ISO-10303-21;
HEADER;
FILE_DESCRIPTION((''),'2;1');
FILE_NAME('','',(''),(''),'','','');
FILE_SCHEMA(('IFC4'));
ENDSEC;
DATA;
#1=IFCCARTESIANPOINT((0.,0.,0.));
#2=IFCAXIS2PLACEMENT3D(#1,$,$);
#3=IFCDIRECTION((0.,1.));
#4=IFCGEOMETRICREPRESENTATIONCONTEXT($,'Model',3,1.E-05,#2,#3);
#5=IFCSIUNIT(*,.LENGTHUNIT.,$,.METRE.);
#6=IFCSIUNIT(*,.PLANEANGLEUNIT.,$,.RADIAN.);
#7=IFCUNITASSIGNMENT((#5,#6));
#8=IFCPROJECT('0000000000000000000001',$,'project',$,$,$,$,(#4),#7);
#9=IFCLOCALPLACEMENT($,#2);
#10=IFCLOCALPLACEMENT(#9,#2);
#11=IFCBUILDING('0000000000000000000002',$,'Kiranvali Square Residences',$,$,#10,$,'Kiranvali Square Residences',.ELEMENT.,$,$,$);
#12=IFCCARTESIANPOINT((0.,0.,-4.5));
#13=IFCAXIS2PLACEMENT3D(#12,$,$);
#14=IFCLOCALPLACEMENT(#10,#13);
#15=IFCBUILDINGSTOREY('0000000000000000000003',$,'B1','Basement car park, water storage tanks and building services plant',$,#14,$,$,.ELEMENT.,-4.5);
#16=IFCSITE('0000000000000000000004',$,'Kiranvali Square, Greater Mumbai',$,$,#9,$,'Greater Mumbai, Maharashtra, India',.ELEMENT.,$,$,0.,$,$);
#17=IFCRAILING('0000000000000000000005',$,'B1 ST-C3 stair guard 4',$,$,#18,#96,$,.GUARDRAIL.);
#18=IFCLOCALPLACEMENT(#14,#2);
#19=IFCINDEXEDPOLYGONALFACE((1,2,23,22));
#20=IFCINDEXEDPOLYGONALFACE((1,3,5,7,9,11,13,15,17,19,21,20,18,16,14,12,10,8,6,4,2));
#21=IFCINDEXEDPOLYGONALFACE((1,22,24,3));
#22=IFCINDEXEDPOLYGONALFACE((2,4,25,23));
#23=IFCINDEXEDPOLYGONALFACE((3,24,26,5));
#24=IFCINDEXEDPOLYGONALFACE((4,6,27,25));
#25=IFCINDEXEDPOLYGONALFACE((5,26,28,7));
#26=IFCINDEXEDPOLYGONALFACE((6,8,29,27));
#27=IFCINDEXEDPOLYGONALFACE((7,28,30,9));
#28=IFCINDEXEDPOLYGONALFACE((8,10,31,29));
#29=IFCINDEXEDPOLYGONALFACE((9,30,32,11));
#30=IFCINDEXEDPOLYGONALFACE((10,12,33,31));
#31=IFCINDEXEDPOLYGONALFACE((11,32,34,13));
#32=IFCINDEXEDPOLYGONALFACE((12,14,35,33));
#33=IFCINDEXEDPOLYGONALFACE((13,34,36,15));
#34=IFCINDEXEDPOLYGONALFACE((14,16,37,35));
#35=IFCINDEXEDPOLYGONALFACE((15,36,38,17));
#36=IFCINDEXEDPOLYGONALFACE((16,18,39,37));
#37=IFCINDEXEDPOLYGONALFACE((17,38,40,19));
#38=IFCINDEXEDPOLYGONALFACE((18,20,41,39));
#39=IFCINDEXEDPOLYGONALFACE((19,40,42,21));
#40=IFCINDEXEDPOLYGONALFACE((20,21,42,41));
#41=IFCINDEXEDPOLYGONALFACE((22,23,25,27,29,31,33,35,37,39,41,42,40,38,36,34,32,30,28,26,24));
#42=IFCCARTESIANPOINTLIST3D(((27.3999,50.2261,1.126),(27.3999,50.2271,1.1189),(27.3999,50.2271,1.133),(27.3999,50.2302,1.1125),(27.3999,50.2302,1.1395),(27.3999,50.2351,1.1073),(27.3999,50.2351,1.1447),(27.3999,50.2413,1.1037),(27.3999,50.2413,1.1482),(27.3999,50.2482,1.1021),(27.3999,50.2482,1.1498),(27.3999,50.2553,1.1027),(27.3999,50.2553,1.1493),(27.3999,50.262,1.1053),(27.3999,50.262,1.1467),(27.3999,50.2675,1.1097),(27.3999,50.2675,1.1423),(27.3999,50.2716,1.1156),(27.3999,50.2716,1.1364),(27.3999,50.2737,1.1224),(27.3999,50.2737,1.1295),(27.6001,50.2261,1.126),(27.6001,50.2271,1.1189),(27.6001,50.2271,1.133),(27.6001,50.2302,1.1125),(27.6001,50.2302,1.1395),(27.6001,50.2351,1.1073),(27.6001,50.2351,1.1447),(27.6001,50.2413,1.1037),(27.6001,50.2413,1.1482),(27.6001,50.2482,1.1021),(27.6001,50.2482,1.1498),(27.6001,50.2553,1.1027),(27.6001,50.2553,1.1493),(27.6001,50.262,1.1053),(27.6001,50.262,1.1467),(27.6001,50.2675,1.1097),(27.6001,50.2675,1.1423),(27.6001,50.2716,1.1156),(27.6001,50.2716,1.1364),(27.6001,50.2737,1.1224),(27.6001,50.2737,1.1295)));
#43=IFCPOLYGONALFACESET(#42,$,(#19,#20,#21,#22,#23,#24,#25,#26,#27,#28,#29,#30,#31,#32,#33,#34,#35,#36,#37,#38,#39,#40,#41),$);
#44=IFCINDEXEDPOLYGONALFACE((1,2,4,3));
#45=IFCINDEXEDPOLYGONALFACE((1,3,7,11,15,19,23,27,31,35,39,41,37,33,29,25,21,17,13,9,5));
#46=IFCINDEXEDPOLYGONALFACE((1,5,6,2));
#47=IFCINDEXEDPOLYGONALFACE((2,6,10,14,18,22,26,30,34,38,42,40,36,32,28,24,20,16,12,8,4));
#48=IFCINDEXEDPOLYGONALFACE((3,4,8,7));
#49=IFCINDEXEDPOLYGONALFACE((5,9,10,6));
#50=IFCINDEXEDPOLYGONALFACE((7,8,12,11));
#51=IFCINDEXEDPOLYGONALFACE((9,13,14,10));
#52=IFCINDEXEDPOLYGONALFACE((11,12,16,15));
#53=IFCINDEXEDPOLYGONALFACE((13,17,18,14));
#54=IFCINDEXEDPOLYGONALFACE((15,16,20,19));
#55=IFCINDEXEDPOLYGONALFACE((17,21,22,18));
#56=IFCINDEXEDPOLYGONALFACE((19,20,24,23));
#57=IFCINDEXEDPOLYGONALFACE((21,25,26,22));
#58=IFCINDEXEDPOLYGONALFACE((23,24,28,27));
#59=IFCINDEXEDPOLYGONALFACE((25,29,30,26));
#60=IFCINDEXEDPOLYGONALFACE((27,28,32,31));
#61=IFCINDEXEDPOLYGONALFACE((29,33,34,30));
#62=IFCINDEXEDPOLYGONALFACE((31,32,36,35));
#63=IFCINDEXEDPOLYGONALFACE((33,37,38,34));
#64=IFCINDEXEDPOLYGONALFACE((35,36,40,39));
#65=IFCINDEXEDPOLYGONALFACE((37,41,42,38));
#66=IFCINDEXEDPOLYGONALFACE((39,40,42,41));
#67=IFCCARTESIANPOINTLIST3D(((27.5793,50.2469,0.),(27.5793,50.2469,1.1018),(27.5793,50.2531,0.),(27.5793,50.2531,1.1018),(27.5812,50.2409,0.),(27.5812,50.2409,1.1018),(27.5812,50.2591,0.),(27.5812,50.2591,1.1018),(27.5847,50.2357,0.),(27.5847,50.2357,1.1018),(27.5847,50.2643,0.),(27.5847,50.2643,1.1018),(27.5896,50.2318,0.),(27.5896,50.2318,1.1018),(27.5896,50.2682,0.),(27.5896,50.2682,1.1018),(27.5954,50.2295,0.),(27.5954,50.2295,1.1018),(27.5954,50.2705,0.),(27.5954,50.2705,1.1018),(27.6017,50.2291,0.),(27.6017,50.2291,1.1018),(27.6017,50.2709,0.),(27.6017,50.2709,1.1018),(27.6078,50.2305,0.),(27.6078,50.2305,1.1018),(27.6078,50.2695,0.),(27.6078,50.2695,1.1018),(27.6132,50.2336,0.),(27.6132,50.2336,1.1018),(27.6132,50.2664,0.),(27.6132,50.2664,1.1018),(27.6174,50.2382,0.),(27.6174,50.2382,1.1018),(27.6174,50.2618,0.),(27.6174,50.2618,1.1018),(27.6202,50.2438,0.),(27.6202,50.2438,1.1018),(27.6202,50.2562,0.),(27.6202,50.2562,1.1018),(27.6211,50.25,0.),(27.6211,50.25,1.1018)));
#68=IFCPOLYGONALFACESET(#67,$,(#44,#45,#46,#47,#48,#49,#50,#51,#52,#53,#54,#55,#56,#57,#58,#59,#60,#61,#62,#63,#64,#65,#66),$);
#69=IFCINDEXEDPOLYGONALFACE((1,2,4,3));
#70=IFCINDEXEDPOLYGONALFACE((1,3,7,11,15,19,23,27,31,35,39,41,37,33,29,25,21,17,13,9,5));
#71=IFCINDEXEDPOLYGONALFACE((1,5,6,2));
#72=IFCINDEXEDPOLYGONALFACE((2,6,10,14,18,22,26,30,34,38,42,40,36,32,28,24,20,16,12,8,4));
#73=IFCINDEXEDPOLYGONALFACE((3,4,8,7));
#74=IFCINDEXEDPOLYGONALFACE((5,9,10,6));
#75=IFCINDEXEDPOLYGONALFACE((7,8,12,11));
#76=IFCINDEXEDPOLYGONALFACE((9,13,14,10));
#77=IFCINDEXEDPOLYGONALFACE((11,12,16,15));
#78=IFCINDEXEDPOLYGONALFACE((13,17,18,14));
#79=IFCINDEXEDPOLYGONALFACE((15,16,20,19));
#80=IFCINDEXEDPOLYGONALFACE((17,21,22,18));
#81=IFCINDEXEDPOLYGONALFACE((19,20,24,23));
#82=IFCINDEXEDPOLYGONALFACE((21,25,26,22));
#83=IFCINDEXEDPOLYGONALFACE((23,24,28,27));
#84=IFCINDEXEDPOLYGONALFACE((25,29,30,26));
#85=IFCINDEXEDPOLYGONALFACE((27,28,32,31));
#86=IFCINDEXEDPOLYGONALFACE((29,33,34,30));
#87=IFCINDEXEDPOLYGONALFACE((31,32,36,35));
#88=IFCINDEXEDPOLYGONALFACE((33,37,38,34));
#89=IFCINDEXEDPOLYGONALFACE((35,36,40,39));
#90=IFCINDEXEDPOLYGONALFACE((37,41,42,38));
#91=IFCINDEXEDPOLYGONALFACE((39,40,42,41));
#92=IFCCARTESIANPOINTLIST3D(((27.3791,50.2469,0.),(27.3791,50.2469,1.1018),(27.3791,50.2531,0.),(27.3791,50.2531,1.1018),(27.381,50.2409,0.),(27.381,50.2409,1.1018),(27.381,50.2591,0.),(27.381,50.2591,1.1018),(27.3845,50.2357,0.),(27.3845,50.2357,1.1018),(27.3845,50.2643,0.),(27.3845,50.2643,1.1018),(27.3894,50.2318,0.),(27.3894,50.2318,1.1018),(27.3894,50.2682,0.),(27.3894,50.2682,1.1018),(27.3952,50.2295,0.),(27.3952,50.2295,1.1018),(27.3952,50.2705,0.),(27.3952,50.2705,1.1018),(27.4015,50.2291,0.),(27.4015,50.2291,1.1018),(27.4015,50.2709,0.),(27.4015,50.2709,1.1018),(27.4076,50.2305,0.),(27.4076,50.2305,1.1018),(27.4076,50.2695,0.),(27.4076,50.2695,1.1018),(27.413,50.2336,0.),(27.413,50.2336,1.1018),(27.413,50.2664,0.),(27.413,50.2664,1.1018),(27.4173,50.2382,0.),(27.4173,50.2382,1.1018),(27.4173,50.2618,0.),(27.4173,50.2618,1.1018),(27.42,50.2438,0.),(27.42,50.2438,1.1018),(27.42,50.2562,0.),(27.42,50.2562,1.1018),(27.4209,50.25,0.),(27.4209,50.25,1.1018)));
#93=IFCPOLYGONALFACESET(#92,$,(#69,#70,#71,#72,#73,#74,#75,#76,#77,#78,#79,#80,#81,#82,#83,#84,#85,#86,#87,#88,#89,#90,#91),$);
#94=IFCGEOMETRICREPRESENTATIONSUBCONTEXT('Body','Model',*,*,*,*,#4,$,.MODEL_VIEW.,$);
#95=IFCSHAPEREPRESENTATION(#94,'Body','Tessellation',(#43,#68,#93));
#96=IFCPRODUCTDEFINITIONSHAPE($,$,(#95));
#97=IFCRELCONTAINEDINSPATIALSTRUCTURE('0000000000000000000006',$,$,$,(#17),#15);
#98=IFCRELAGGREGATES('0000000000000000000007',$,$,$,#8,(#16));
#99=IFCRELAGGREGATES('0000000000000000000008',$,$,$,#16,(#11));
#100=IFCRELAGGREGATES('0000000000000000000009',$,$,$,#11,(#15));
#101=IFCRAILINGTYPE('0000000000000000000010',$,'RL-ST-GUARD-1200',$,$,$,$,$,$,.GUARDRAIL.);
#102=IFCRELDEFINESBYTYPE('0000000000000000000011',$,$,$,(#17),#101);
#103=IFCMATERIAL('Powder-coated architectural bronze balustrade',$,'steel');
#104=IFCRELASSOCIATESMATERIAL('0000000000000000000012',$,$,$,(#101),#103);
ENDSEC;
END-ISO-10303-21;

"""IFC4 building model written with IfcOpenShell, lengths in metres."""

from ifc_helpers import new_model, si_unit, direction, frame, origin, origin_2d, place, context, subcontext, project, spatial, circle, extrude, material, type_object, element, save


model = new_model("IFC4")

# Units and contexts
model_context = context("Model", 3, precision=1e-05, world=origin(), true_north=direction((0.0, 1.0)))
body_context = subcontext(model_context, "Body", "Model", "MODEL_VIEW")
ifc_project = project(units=[si_unit("LENGTHUNIT", "METRE"), si_unit("PLANEANGLEUNIT", "RADIAN")], contexts=[model_context])

# Site, building, storey
site_placement = place(None, origin())
site = spatial("IfcSite", under=ifc_project, at=site_placement, Name="Kiranvali Square, Greater Mumbai", LongName="Greater Mumbai, Maharashtra, India", CompositionType="ELEMENT", RefElevation=0.0)
building_placement = place(site_placement, origin())
building = spatial("IfcBuilding", under=site, at=building_placement, Name="Kiranvali Square Residences", LongName="Kiranvali Square Residences", CompositionType="ELEMENT")
storey_placement = place(building_placement, frame((0.0, 0.0, -4.5)))
storey = spatial("IfcBuildingStorey", under=building, at=storey_placement, Name="B1", Description="Basement car park, water storage tanks and building services plant", CompositionType="ELEMENT", Elevation=-4.5)

# Railing
ifc_material_1 = material(Name="Powder-coated architectural bronze balustrade", Category="steel")
railing_type_1 = type_object("IfcRailingType", Name="RL-ST-GUARD-1200", PredefinedType="GUARDRAIL", material=ifc_material_1)
railing_1_placement = place(storey_placement, frame((27.6001, 50.25, 0.0)))
element("IfcRailing", 1, at=railing_1_placement, inside=storey, type_object=railing_type_1, Name="B1 ST-C3 stair guard 4", PredefinedType="GUARDRAIL", context=body_context, shape_type="SweptSolid", body=[
    extrude(circle(Radius=0.0239, at=origin_2d()), frame((0.0, 0.0, 1.126), z_axis=(-1.0, 0.0, 0.0), x_axis=(0.0, -1.0, 0.0)), (0.0, 0.0, 1.0), 0.2002),
    extrude(circle(Radius=0.021, at=origin_2d()), origin(), (0.0, 0.0, 1.0), 1.1018),
    extrude(circle(Radius=0.021, at=origin_2d()), frame((-0.2002, 0.0, 0.0)), (0.0, 0.0, 1.0), 1.1018),
])

save(model, "model.ifc")
